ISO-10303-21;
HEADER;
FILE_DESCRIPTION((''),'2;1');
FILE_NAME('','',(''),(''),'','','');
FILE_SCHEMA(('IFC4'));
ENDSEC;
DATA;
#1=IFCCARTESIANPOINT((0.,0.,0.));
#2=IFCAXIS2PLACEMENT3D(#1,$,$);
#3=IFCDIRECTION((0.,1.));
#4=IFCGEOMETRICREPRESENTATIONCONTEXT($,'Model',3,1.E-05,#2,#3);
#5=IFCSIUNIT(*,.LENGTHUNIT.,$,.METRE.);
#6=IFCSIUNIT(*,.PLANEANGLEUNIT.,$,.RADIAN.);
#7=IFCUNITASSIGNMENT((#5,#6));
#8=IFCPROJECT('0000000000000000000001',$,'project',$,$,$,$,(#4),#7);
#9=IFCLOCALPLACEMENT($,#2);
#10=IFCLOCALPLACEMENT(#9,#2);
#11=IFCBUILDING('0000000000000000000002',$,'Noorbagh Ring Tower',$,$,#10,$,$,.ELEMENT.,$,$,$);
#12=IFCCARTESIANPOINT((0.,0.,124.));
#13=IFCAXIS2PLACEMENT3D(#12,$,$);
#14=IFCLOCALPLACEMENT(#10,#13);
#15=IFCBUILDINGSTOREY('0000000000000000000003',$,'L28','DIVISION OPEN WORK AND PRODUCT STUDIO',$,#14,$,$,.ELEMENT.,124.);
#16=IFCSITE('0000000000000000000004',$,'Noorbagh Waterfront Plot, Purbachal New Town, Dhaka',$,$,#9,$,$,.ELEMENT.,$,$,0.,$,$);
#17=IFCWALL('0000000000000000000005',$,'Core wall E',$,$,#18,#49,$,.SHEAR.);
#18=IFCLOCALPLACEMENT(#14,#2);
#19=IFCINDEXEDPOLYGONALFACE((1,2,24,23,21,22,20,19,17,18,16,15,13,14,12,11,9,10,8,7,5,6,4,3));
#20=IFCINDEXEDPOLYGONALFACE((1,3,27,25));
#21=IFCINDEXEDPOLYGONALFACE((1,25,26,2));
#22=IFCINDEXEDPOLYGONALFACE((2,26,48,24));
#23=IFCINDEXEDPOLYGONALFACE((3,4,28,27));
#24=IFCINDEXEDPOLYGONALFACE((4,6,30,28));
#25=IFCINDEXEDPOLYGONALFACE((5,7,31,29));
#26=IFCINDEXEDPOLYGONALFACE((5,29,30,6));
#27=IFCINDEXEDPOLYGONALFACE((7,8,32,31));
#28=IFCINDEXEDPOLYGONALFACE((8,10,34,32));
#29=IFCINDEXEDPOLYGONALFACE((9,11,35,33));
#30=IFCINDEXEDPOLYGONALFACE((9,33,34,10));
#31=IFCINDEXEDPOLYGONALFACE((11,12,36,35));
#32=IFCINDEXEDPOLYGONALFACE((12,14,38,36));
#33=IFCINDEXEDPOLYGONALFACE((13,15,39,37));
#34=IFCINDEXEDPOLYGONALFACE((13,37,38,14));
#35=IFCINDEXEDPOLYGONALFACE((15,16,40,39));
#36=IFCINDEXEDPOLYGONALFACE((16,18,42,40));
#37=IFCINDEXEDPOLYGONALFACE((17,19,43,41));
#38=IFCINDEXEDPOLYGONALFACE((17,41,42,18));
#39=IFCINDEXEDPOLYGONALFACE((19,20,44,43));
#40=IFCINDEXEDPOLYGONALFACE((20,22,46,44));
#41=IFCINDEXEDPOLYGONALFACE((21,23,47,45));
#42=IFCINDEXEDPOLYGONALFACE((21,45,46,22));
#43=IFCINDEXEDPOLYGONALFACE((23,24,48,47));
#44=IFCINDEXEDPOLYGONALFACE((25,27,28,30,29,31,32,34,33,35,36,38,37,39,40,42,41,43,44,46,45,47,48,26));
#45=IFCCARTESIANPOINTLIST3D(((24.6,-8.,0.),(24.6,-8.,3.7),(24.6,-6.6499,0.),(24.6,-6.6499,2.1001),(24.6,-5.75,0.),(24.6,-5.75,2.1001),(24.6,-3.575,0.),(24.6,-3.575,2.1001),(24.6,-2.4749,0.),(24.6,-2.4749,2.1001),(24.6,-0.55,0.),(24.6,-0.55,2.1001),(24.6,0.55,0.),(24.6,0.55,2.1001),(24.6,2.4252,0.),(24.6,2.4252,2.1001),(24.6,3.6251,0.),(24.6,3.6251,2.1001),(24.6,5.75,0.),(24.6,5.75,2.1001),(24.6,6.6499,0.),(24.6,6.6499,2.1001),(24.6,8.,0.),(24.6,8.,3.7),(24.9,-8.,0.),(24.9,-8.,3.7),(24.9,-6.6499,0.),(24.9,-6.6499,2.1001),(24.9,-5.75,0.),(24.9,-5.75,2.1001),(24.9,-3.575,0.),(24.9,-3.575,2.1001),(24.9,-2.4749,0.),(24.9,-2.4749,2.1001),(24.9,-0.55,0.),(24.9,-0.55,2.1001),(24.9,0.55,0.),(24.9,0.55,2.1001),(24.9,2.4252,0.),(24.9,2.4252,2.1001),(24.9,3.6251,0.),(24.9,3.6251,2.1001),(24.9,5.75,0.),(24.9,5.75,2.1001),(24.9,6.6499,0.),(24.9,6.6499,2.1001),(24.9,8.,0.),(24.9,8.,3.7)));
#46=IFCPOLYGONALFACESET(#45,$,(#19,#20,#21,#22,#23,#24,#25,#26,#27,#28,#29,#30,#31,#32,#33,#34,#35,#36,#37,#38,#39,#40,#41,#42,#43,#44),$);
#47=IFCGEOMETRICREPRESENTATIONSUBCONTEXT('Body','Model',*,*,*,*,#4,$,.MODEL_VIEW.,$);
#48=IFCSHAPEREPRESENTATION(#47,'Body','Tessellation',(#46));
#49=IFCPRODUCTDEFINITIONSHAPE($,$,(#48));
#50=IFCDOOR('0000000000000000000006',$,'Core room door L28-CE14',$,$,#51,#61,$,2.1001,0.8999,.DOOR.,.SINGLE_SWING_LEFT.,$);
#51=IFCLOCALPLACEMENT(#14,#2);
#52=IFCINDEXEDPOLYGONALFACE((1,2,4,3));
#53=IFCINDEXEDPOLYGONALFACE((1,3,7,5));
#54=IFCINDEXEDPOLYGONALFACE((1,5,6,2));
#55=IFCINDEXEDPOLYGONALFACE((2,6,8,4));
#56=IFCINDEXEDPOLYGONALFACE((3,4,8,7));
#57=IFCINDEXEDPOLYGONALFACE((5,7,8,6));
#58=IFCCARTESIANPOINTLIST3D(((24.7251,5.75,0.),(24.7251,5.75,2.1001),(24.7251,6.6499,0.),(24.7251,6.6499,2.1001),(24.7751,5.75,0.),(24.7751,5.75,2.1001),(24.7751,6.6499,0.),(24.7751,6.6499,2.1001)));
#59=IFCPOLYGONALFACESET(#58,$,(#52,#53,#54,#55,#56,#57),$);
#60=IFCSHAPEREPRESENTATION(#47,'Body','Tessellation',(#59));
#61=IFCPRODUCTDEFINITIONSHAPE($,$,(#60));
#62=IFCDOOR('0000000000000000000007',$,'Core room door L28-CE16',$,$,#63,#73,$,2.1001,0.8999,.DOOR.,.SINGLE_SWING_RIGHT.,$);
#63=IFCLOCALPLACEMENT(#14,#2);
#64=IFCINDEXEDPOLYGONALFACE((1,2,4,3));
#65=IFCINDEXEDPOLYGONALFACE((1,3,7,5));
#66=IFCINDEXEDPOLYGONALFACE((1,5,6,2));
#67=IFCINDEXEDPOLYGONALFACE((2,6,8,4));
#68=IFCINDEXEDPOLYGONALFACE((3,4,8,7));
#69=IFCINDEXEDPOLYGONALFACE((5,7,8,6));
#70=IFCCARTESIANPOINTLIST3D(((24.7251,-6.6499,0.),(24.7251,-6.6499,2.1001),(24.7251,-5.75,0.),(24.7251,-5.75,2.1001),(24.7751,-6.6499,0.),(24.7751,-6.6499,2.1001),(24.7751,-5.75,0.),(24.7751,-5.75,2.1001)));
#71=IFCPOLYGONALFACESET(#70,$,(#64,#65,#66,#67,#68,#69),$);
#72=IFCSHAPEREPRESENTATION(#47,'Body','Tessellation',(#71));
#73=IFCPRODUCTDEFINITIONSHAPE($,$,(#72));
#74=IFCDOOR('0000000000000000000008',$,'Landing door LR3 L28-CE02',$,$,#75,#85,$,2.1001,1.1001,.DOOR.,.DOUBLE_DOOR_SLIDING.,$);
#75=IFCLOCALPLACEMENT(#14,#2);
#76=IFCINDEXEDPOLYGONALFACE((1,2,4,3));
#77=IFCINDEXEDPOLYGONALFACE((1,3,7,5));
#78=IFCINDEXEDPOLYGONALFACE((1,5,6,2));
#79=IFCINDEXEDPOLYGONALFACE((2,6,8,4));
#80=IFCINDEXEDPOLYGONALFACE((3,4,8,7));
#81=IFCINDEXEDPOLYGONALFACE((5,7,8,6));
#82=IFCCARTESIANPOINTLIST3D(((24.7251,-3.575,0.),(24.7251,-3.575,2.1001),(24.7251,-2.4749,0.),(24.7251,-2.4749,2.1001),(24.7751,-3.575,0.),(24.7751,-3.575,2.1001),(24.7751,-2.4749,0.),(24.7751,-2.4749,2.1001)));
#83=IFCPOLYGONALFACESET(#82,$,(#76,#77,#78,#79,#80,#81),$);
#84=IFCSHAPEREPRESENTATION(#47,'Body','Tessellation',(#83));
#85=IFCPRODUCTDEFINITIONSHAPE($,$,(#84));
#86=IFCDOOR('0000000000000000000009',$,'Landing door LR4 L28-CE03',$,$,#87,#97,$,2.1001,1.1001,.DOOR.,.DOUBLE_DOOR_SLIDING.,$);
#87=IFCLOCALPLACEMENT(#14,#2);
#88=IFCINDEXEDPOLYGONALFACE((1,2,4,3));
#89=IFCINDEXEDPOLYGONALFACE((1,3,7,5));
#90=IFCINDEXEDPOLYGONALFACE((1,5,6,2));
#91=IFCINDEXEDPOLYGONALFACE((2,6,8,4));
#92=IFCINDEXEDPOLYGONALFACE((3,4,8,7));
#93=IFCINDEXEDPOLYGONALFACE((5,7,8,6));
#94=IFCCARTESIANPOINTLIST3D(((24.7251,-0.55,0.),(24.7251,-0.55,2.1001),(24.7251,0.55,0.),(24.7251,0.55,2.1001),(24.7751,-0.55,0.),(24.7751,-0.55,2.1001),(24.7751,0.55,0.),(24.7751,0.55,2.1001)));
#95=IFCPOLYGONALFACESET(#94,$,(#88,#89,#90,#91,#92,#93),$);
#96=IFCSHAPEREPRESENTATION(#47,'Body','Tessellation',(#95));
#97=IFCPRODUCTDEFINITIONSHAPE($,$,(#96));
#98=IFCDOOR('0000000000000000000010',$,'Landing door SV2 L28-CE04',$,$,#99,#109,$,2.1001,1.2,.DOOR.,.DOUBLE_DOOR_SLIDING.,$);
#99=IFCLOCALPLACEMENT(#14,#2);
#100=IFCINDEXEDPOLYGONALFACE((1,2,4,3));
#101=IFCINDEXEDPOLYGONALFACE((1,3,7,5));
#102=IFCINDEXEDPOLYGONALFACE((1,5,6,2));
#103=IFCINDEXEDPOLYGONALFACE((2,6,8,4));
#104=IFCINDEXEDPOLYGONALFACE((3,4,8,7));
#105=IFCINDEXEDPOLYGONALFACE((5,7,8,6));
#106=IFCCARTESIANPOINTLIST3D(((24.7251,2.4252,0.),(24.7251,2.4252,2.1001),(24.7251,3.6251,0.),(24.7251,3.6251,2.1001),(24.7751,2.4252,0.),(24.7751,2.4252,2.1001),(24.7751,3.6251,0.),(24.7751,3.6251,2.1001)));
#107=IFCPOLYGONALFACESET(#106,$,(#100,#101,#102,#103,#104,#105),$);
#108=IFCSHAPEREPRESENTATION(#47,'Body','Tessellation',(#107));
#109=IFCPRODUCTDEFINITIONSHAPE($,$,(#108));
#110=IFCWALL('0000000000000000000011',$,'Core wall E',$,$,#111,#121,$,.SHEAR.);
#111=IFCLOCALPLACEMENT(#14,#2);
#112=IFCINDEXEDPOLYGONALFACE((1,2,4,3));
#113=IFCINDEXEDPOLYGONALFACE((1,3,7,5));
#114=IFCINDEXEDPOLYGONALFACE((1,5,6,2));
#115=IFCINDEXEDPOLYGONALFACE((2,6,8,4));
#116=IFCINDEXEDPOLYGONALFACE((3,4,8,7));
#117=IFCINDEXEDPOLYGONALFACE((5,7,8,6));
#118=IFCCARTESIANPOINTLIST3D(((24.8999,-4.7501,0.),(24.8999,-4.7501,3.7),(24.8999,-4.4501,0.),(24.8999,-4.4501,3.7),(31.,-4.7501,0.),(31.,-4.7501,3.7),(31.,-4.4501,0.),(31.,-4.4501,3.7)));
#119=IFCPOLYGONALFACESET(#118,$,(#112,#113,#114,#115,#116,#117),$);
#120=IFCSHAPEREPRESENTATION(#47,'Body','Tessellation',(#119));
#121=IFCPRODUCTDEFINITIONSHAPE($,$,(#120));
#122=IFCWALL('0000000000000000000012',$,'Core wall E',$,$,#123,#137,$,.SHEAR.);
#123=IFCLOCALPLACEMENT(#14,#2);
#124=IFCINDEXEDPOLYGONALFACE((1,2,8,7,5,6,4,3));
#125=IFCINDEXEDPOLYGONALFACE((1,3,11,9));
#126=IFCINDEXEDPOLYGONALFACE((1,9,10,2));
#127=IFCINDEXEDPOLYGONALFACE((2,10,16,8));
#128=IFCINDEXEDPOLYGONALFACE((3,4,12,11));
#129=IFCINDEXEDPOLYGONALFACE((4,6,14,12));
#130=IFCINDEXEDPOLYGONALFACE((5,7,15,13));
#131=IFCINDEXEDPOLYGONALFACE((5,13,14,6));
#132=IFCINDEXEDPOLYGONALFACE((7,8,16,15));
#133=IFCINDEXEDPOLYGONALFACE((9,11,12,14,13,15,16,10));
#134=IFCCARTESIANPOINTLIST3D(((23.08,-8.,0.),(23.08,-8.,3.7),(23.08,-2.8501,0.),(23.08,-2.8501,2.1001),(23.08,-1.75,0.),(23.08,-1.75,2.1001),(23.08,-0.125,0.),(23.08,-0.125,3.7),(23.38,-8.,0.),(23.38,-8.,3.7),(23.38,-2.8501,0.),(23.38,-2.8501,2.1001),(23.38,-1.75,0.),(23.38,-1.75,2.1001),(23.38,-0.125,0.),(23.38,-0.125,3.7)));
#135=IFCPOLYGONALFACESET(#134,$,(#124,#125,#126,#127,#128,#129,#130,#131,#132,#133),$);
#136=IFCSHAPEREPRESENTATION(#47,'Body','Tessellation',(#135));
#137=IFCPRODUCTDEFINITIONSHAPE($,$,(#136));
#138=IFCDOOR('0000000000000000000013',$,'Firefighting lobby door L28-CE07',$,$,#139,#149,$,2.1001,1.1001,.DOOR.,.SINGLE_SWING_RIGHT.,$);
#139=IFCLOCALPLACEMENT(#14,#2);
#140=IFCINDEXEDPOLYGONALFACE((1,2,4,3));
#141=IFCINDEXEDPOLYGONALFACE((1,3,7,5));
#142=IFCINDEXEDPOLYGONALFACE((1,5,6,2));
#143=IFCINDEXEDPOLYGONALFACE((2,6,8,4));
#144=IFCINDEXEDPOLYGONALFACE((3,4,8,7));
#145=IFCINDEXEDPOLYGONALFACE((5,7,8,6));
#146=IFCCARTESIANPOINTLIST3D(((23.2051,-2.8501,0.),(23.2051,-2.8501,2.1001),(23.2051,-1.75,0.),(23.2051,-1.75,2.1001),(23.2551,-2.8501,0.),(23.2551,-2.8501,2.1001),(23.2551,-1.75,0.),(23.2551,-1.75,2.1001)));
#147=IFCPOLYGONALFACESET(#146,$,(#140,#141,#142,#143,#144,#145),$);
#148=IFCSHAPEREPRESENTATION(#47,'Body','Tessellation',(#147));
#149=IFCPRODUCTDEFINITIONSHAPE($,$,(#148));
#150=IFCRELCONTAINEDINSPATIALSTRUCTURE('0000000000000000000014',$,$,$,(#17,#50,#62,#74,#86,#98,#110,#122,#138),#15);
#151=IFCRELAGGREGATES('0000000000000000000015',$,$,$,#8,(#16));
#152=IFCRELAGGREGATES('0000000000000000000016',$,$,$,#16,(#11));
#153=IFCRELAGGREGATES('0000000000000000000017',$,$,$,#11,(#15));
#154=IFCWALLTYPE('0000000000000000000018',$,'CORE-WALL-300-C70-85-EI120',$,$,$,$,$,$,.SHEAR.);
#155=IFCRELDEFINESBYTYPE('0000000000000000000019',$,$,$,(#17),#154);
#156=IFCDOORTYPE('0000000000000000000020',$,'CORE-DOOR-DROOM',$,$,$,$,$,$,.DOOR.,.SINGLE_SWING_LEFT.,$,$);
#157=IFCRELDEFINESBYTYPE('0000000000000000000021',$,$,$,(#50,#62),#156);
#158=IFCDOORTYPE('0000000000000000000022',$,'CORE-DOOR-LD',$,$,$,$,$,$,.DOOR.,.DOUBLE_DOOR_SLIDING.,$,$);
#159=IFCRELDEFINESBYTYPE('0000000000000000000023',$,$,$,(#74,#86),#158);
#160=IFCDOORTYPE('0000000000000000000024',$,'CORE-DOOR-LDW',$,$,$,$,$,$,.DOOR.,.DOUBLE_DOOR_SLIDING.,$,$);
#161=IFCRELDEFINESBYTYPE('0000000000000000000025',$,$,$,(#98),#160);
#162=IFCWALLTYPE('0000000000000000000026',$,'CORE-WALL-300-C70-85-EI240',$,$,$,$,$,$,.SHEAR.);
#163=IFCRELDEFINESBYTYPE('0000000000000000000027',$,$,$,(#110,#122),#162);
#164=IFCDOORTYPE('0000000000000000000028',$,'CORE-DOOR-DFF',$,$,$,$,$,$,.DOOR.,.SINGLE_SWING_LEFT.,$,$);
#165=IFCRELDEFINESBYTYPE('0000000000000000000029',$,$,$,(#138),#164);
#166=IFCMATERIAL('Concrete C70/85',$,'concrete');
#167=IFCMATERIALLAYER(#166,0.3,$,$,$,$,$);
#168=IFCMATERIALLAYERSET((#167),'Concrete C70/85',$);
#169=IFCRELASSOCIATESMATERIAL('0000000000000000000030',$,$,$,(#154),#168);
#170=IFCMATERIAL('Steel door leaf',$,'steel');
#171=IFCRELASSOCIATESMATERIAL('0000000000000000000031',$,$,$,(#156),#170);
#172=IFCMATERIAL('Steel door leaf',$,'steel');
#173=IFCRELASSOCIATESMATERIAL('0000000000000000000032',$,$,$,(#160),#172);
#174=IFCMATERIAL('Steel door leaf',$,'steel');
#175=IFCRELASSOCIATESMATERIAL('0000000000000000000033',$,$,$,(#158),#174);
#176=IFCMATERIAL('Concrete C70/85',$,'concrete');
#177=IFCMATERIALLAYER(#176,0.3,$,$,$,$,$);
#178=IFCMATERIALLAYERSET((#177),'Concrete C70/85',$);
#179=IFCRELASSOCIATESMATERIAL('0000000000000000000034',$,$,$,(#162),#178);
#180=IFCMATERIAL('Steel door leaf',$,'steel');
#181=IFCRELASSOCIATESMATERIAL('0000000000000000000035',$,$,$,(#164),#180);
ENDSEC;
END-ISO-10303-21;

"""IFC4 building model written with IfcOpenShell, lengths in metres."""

from ifc_helpers import new_model, si_unit, direction, frame, frame_2d, origin, place, context, subcontext, project, spatial, rectangle, extrude, material, layer, layer_set, type_object, element, fill, save


model = new_model("IFC4")

# Units and contexts
model_context = context("Model", 3, precision=1e-05, world=origin(), true_north=direction((0.0, 1.0)))
body_context = subcontext(model_context, "Body", "Model", "MODEL_VIEW")
ifc_project = project(units=[si_unit("LENGTHUNIT", "METRE"), si_unit("PLANEANGLEUNIT", "RADIAN")], contexts=[model_context])

# Site, building, storey
site_placement = place(None, origin())
site = spatial("IfcSite", under=ifc_project, at=site_placement, Name="Noorbagh Waterfront Plot, Purbachal New Town, Dhaka", CompositionType="ELEMENT", RefElevation=0.0)
building_placement = place(site_placement, origin())
building = spatial("IfcBuilding", under=site, at=building_placement, Name="Noorbagh Ring Tower", CompositionType="ELEMENT")
storey_placement = place(building_placement, frame((0.0, 0.0, 124.0)))
storey = spatial("IfcBuildingStorey", under=building, at=storey_placement, Name="L28", Description="DIVISION OPEN WORK AND PRODUCT STUDIO", CompositionType="ELEMENT", Elevation=124.0)

# Shared definitions
ifc_material_1 = material(Name="Concrete C70/85", Category="concrete")
ifc_layer_1 = layer(ifc_material_1, 0.3)
ifc_layer_set_1 = layer_set([ifc_layer_1], Name="Concrete C70/85")
wall_type_1 = type_object("IfcWallType", Name="CORE-WALL-300-C70-85-EI120", PredefinedType="SHEAR", material=ifc_layer_set_1)

# Wall, openings, doors
ifc_material_2 = material(Name="Steel door leaf", Category="steel")
door_type_1 = type_object("IfcDoorType", Name="CORE-DOOR-DROOM", OperationType="SINGLE_SWING_LEFT", PredefinedType="DOOR", material=ifc_material_2)
ifc_material_3 = material(Name="Steel door leaf", Category="steel")
door_type_2 = type_object("IfcDoorType", Name="CORE-DOOR-LDW", OperationType="DOUBLE_DOOR_SLIDING", PredefinedType="DOOR", material=ifc_material_3)
wall_1_placement = place(storey_placement, frame((24.75, -8.0, 0.0), z_axis=(0.0, 0.0, 1.0), x_axis=(0.0, 1.0, 0.0)))
wall_1 = element("IfcWall", 1, at=wall_1_placement, inside=storey, type_object=wall_type_1, Name="Core wall E", PredefinedType="SHEAR", context=body_context, shape_type="SweptSolid", body=[
    extrude(rectangle(XDim=16.0, YDim=0.3, at=frame_2d((8.0, 0.0))), origin(), (0.0, 0.0, 1.0), 3.7),
])
opening_1_placement = place(wall_1_placement, frame((4.425, 0.0, 0.0)))
opening_1 = element("IfcOpeningElement", 2, at=opening_1_placement, cuts=wall_1, PredefinedType="OPENING", context=body_context, shape_type="SweptSolid", body=[
    extrude(rectangle(XDim=1.1001, YDim=2.1001, at=frame_2d((0.55, 1.05))), frame((0.0, 0.1602, 0.0), z_axis=(0.0, -1.0, 0.0), x_axis=(1.0, 0.0, 0.0)), (0.0, 0.0, 1.0), 0.3201),
])
opening_2_placement = place(wall_1_placement, frame((7.45, 0.0, 0.0)))
opening_2 = element("IfcOpeningElement", 3, at=opening_2_placement, cuts=wall_1, PredefinedType="OPENING", context=body_context, shape_type="SweptSolid", body=[
    extrude(rectangle(XDim=1.1001, YDim=2.1001, at=frame_2d((0.55, 1.05))), frame((0.0, 0.1602, 0.0), z_axis=(0.0, -1.0, 0.0), x_axis=(1.0, 0.0, 0.0)), (0.0, 0.0, 1.0), 0.3201),
])
opening_3_placement = place(wall_1_placement, frame((10.425, 0.0, 0.0)))
opening_3 = element("IfcOpeningElement", 4, at=opening_3_placement, cuts=wall_1, PredefinedType="OPENING", context=body_context, shape_type="SweptSolid", body=[
    extrude(rectangle(XDim=1.2, YDim=2.1001, at=frame_2d((0.6001, 1.05))), frame((0.0, 0.1602, 0.0), z_axis=(0.0, -1.0, 0.0), x_axis=(1.0, 0.0, 0.0)), (0.0, 0.0, 1.0), 0.3201),
])
opening_4_placement = place(wall_1_placement, frame((13.75, 0.0, 0.0)))
opening_4 = element("IfcOpeningElement", 5, at=opening_4_placement, cuts=wall_1, PredefinedType="OPENING", context=body_context, shape_type="SweptSolid", body=[
    extrude(rectangle(XDim=0.8999, YDim=2.1001, at=frame_2d((0.45, 1.05))), frame((0.0, 0.1602, 0.0), z_axis=(0.0, -1.0, 0.0), x_axis=(1.0, 0.0, 0.0)), (0.0, 0.0, 1.0), 0.3201),
])
opening_5_placement = place(wall_1_placement, frame((1.3501, 0.0, 0.0)))
opening_5 = element("IfcOpeningElement", 6, at=opening_5_placement, cuts=wall_1, PredefinedType="OPENING", context=body_context, shape_type="SweptSolid", body=[
    extrude(rectangle(XDim=0.8999, YDim=2.1001, at=frame_2d((0.45, 1.05))), frame((0.0, 0.1602, 0.0), z_axis=(0.0, -1.0, 0.0), x_axis=(1.0, 0.0, 0.0)), (0.0, 0.0, 1.0), 0.3201),
])
door_1_placement = place(opening_4_placement, origin())
door_1 = element("IfcDoor", 7, at=door_1_placement, inside=storey, type_object=door_type_1, Name="Core room door L28-CE14", OperationType="SINGLE_SWING_LEFT", OverallHeight=2.1001, OverallWidth=0.8999, PredefinedType="DOOR", context=body_context, shape_type="SweptSolid", body=[
    extrude(rectangle(XDim=0.8999, YDim=2.1001, at=frame_2d((0.45, 1.05))), frame((0.0, 0.0249, 0.0), z_axis=(0.0, -1.0, 0.0), x_axis=(1.0, 0.0, 0.0)), (0.0, 0.0, 1.0), 0.05),
])
fill(opening_4, door_1)
door_2_placement = place(opening_5_placement, origin())
door_2 = element("IfcDoor", 8, at=door_2_placement, inside=storey, type_object=door_type_1, Name="Core room door L28-CE16", OperationType="SINGLE_SWING_RIGHT", OverallHeight=2.1001, OverallWidth=0.8999, PredefinedType="DOOR", context=body_context, shape_type="SweptSolid", body=[
    extrude(rectangle(XDim=0.8999, YDim=2.1001, at=frame_2d((0.45, 1.05))), frame((0.0, 0.0249, 0.0), z_axis=(0.0, -1.0, 0.0), x_axis=(1.0, 0.0, 0.0)), (0.0, 0.0, 1.0), 0.05),
])
fill(opening_5, door_2)
ifc_material_4 = material(Name="Steel door leaf", Category="steel")
door_type_3 = type_object("IfcDoorType", Name="CORE-DOOR-LD", OperationType="DOUBLE_DOOR_SLIDING", PredefinedType="DOOR", material=ifc_material_4)
door_3_placement = place(opening_1_placement, origin())
door_3 = element("IfcDoor", 9, at=door_3_placement, inside=storey, type_object=door_type_3, Name="Landing door LR3 L28-CE02", OperationType="DOUBLE_DOOR_SLIDING", OverallHeight=2.1001, OverallWidth=1.1001, PredefinedType="DOOR", context=body_context, shape_type="SweptSolid", body=[
    extrude(rectangle(XDim=1.1001, YDim=2.1001, at=frame_2d((0.55, 1.05))), frame((0.0, 0.0249, 0.0), z_axis=(0.0, -1.0, 0.0), x_axis=(1.0, 0.0, 0.0)), (0.0, 0.0, 1.0), 0.05),
])
fill(opening_1, door_3)
door_4_placement = place(opening_2_placement, origin())
door_4 = element("IfcDoor", 10, at=door_4_placement, inside=storey, type_object=door_type_3, Name="Landing door LR4 L28-CE03", OperationType="DOUBLE_DOOR_SLIDING", OverallHeight=2.1001, OverallWidth=1.1001, PredefinedType="DOOR", context=body_context, shape_type="SweptSolid", body=[
    extrude(rectangle(XDim=1.1001, YDim=2.1001, at=frame_2d((0.55, 1.05))), frame((0.0, 0.0249, 0.0), z_axis=(0.0, -1.0, 0.0), x_axis=(1.0, 0.0, 0.0)), (0.0, 0.0, 1.0), 0.05),
])
fill(opening_2, door_4)
door_5_placement = place(opening_3_placement, origin())
door_5 = element("IfcDoor", 11, at=door_5_placement, inside=storey, type_object=door_type_2, Name="Landing door SV2 L28-CE04", OperationType="DOUBLE_DOOR_SLIDING", OverallHeight=2.1001, OverallWidth=1.2, PredefinedType="DOOR", context=body_context, shape_type="SweptSolid", body=[
    extrude(rectangle(XDim=1.2, YDim=2.1001, at=frame_2d((0.6001, 1.05))), frame((0.0, 0.0249, 0.0), z_axis=(0.0, -1.0, 0.0), x_axis=(1.0, 0.0, 0.0)), (0.0, 0.0, 1.0), 0.05),
])
fill(opening_3, door_5)

# Wall
ifc_material_5 = material(Name="Concrete C70/85", Category="concrete")
ifc_layer_2 = layer(ifc_material_5, 0.3)
ifc_layer_set_2 = layer_set([ifc_layer_2], Name="Concrete C70/85")
wall_type_2 = type_object("IfcWallType", Name="CORE-WALL-300-C70-85-EI240", PredefinedType="SHEAR", material=ifc_layer_set_2)
wall_2_placement = place(storey_placement, frame((24.8999, -4.6001, 0.0), z_axis=(0.0, 0.0, 1.0), x_axis=(1.0, 0.0, 0.0)))
element("IfcWall", 12, at=wall_2_placement, inside=storey, type_object=wall_type_2, Name="Core wall E", PredefinedType="SHEAR", context=body_context, shape_type="SweptSolid", body=[
    extrude(rectangle(XDim=6.1001, YDim=0.3, at=frame_2d((3.05, 0.0))), origin(), (0.0, 0.0, 1.0), 3.7),
])

# Wall, opening, door
wall_3_placement = place(storey_placement, frame((23.23, -8.0, 0.0), z_axis=(0.0, 0.0, 1.0), x_axis=(0.0, 1.0, 0.0)))
wall_3 = element("IfcWall", 13, at=wall_3_placement, inside=storey, type_object=wall_type_2, Name="Core wall E", PredefinedType="SHEAR", context=body_context, shape_type="SweptSolid", body=[
    extrude(rectangle(XDim=7.875, YDim=0.3, at=frame_2d((3.9375, 0.0))), origin(), (0.0, 0.0, 1.0), 3.7),
])
opening_6_placement = place(wall_3_placement, frame((5.1499, 0.0, 0.0)))
opening_6 = element("IfcOpeningElement", 14, at=opening_6_placement, cuts=wall_3, PredefinedType="OPENING", context=body_context, shape_type="SweptSolid", body=[
    extrude(rectangle(XDim=1.1001, YDim=2.1001, at=frame_2d((0.55, 1.05))), frame((0.0, 0.1602, 0.0), z_axis=(0.0, -1.0, 0.0), x_axis=(1.0, 0.0, 0.0)), (0.0, 0.0, 1.0), 0.3201),
])
ifc_material_6 = material(Name="Steel door leaf", Category="steel")
door_type_4 = type_object("IfcDoorType", Name="CORE-DOOR-DFF", OperationType="SINGLE_SWING_LEFT", PredefinedType="DOOR", material=ifc_material_6)
door_6_placement = place(opening_6_placement, origin())
door_6 = element("IfcDoor", 15, at=door_6_placement, inside=storey, type_object=door_type_4, Name="Firefighting lobby door L28-CE07", OperationType="SINGLE_SWING_RIGHT", OverallHeight=2.1001, OverallWidth=1.1001, PredefinedType="DOOR", context=body_context, shape_type="SweptSolid", body=[
    extrude(rectangle(XDim=1.1001, YDim=2.1001, at=frame_2d((0.55, 1.05))), frame((0.0, 0.0249, 0.0), z_axis=(0.0, -1.0, 0.0), x_axis=(1.0, 0.0, 0.0)), (0.0, 0.0, 1.0), 0.05),
])
fill(opening_6, door_6)

save(model, "model.ifc")
